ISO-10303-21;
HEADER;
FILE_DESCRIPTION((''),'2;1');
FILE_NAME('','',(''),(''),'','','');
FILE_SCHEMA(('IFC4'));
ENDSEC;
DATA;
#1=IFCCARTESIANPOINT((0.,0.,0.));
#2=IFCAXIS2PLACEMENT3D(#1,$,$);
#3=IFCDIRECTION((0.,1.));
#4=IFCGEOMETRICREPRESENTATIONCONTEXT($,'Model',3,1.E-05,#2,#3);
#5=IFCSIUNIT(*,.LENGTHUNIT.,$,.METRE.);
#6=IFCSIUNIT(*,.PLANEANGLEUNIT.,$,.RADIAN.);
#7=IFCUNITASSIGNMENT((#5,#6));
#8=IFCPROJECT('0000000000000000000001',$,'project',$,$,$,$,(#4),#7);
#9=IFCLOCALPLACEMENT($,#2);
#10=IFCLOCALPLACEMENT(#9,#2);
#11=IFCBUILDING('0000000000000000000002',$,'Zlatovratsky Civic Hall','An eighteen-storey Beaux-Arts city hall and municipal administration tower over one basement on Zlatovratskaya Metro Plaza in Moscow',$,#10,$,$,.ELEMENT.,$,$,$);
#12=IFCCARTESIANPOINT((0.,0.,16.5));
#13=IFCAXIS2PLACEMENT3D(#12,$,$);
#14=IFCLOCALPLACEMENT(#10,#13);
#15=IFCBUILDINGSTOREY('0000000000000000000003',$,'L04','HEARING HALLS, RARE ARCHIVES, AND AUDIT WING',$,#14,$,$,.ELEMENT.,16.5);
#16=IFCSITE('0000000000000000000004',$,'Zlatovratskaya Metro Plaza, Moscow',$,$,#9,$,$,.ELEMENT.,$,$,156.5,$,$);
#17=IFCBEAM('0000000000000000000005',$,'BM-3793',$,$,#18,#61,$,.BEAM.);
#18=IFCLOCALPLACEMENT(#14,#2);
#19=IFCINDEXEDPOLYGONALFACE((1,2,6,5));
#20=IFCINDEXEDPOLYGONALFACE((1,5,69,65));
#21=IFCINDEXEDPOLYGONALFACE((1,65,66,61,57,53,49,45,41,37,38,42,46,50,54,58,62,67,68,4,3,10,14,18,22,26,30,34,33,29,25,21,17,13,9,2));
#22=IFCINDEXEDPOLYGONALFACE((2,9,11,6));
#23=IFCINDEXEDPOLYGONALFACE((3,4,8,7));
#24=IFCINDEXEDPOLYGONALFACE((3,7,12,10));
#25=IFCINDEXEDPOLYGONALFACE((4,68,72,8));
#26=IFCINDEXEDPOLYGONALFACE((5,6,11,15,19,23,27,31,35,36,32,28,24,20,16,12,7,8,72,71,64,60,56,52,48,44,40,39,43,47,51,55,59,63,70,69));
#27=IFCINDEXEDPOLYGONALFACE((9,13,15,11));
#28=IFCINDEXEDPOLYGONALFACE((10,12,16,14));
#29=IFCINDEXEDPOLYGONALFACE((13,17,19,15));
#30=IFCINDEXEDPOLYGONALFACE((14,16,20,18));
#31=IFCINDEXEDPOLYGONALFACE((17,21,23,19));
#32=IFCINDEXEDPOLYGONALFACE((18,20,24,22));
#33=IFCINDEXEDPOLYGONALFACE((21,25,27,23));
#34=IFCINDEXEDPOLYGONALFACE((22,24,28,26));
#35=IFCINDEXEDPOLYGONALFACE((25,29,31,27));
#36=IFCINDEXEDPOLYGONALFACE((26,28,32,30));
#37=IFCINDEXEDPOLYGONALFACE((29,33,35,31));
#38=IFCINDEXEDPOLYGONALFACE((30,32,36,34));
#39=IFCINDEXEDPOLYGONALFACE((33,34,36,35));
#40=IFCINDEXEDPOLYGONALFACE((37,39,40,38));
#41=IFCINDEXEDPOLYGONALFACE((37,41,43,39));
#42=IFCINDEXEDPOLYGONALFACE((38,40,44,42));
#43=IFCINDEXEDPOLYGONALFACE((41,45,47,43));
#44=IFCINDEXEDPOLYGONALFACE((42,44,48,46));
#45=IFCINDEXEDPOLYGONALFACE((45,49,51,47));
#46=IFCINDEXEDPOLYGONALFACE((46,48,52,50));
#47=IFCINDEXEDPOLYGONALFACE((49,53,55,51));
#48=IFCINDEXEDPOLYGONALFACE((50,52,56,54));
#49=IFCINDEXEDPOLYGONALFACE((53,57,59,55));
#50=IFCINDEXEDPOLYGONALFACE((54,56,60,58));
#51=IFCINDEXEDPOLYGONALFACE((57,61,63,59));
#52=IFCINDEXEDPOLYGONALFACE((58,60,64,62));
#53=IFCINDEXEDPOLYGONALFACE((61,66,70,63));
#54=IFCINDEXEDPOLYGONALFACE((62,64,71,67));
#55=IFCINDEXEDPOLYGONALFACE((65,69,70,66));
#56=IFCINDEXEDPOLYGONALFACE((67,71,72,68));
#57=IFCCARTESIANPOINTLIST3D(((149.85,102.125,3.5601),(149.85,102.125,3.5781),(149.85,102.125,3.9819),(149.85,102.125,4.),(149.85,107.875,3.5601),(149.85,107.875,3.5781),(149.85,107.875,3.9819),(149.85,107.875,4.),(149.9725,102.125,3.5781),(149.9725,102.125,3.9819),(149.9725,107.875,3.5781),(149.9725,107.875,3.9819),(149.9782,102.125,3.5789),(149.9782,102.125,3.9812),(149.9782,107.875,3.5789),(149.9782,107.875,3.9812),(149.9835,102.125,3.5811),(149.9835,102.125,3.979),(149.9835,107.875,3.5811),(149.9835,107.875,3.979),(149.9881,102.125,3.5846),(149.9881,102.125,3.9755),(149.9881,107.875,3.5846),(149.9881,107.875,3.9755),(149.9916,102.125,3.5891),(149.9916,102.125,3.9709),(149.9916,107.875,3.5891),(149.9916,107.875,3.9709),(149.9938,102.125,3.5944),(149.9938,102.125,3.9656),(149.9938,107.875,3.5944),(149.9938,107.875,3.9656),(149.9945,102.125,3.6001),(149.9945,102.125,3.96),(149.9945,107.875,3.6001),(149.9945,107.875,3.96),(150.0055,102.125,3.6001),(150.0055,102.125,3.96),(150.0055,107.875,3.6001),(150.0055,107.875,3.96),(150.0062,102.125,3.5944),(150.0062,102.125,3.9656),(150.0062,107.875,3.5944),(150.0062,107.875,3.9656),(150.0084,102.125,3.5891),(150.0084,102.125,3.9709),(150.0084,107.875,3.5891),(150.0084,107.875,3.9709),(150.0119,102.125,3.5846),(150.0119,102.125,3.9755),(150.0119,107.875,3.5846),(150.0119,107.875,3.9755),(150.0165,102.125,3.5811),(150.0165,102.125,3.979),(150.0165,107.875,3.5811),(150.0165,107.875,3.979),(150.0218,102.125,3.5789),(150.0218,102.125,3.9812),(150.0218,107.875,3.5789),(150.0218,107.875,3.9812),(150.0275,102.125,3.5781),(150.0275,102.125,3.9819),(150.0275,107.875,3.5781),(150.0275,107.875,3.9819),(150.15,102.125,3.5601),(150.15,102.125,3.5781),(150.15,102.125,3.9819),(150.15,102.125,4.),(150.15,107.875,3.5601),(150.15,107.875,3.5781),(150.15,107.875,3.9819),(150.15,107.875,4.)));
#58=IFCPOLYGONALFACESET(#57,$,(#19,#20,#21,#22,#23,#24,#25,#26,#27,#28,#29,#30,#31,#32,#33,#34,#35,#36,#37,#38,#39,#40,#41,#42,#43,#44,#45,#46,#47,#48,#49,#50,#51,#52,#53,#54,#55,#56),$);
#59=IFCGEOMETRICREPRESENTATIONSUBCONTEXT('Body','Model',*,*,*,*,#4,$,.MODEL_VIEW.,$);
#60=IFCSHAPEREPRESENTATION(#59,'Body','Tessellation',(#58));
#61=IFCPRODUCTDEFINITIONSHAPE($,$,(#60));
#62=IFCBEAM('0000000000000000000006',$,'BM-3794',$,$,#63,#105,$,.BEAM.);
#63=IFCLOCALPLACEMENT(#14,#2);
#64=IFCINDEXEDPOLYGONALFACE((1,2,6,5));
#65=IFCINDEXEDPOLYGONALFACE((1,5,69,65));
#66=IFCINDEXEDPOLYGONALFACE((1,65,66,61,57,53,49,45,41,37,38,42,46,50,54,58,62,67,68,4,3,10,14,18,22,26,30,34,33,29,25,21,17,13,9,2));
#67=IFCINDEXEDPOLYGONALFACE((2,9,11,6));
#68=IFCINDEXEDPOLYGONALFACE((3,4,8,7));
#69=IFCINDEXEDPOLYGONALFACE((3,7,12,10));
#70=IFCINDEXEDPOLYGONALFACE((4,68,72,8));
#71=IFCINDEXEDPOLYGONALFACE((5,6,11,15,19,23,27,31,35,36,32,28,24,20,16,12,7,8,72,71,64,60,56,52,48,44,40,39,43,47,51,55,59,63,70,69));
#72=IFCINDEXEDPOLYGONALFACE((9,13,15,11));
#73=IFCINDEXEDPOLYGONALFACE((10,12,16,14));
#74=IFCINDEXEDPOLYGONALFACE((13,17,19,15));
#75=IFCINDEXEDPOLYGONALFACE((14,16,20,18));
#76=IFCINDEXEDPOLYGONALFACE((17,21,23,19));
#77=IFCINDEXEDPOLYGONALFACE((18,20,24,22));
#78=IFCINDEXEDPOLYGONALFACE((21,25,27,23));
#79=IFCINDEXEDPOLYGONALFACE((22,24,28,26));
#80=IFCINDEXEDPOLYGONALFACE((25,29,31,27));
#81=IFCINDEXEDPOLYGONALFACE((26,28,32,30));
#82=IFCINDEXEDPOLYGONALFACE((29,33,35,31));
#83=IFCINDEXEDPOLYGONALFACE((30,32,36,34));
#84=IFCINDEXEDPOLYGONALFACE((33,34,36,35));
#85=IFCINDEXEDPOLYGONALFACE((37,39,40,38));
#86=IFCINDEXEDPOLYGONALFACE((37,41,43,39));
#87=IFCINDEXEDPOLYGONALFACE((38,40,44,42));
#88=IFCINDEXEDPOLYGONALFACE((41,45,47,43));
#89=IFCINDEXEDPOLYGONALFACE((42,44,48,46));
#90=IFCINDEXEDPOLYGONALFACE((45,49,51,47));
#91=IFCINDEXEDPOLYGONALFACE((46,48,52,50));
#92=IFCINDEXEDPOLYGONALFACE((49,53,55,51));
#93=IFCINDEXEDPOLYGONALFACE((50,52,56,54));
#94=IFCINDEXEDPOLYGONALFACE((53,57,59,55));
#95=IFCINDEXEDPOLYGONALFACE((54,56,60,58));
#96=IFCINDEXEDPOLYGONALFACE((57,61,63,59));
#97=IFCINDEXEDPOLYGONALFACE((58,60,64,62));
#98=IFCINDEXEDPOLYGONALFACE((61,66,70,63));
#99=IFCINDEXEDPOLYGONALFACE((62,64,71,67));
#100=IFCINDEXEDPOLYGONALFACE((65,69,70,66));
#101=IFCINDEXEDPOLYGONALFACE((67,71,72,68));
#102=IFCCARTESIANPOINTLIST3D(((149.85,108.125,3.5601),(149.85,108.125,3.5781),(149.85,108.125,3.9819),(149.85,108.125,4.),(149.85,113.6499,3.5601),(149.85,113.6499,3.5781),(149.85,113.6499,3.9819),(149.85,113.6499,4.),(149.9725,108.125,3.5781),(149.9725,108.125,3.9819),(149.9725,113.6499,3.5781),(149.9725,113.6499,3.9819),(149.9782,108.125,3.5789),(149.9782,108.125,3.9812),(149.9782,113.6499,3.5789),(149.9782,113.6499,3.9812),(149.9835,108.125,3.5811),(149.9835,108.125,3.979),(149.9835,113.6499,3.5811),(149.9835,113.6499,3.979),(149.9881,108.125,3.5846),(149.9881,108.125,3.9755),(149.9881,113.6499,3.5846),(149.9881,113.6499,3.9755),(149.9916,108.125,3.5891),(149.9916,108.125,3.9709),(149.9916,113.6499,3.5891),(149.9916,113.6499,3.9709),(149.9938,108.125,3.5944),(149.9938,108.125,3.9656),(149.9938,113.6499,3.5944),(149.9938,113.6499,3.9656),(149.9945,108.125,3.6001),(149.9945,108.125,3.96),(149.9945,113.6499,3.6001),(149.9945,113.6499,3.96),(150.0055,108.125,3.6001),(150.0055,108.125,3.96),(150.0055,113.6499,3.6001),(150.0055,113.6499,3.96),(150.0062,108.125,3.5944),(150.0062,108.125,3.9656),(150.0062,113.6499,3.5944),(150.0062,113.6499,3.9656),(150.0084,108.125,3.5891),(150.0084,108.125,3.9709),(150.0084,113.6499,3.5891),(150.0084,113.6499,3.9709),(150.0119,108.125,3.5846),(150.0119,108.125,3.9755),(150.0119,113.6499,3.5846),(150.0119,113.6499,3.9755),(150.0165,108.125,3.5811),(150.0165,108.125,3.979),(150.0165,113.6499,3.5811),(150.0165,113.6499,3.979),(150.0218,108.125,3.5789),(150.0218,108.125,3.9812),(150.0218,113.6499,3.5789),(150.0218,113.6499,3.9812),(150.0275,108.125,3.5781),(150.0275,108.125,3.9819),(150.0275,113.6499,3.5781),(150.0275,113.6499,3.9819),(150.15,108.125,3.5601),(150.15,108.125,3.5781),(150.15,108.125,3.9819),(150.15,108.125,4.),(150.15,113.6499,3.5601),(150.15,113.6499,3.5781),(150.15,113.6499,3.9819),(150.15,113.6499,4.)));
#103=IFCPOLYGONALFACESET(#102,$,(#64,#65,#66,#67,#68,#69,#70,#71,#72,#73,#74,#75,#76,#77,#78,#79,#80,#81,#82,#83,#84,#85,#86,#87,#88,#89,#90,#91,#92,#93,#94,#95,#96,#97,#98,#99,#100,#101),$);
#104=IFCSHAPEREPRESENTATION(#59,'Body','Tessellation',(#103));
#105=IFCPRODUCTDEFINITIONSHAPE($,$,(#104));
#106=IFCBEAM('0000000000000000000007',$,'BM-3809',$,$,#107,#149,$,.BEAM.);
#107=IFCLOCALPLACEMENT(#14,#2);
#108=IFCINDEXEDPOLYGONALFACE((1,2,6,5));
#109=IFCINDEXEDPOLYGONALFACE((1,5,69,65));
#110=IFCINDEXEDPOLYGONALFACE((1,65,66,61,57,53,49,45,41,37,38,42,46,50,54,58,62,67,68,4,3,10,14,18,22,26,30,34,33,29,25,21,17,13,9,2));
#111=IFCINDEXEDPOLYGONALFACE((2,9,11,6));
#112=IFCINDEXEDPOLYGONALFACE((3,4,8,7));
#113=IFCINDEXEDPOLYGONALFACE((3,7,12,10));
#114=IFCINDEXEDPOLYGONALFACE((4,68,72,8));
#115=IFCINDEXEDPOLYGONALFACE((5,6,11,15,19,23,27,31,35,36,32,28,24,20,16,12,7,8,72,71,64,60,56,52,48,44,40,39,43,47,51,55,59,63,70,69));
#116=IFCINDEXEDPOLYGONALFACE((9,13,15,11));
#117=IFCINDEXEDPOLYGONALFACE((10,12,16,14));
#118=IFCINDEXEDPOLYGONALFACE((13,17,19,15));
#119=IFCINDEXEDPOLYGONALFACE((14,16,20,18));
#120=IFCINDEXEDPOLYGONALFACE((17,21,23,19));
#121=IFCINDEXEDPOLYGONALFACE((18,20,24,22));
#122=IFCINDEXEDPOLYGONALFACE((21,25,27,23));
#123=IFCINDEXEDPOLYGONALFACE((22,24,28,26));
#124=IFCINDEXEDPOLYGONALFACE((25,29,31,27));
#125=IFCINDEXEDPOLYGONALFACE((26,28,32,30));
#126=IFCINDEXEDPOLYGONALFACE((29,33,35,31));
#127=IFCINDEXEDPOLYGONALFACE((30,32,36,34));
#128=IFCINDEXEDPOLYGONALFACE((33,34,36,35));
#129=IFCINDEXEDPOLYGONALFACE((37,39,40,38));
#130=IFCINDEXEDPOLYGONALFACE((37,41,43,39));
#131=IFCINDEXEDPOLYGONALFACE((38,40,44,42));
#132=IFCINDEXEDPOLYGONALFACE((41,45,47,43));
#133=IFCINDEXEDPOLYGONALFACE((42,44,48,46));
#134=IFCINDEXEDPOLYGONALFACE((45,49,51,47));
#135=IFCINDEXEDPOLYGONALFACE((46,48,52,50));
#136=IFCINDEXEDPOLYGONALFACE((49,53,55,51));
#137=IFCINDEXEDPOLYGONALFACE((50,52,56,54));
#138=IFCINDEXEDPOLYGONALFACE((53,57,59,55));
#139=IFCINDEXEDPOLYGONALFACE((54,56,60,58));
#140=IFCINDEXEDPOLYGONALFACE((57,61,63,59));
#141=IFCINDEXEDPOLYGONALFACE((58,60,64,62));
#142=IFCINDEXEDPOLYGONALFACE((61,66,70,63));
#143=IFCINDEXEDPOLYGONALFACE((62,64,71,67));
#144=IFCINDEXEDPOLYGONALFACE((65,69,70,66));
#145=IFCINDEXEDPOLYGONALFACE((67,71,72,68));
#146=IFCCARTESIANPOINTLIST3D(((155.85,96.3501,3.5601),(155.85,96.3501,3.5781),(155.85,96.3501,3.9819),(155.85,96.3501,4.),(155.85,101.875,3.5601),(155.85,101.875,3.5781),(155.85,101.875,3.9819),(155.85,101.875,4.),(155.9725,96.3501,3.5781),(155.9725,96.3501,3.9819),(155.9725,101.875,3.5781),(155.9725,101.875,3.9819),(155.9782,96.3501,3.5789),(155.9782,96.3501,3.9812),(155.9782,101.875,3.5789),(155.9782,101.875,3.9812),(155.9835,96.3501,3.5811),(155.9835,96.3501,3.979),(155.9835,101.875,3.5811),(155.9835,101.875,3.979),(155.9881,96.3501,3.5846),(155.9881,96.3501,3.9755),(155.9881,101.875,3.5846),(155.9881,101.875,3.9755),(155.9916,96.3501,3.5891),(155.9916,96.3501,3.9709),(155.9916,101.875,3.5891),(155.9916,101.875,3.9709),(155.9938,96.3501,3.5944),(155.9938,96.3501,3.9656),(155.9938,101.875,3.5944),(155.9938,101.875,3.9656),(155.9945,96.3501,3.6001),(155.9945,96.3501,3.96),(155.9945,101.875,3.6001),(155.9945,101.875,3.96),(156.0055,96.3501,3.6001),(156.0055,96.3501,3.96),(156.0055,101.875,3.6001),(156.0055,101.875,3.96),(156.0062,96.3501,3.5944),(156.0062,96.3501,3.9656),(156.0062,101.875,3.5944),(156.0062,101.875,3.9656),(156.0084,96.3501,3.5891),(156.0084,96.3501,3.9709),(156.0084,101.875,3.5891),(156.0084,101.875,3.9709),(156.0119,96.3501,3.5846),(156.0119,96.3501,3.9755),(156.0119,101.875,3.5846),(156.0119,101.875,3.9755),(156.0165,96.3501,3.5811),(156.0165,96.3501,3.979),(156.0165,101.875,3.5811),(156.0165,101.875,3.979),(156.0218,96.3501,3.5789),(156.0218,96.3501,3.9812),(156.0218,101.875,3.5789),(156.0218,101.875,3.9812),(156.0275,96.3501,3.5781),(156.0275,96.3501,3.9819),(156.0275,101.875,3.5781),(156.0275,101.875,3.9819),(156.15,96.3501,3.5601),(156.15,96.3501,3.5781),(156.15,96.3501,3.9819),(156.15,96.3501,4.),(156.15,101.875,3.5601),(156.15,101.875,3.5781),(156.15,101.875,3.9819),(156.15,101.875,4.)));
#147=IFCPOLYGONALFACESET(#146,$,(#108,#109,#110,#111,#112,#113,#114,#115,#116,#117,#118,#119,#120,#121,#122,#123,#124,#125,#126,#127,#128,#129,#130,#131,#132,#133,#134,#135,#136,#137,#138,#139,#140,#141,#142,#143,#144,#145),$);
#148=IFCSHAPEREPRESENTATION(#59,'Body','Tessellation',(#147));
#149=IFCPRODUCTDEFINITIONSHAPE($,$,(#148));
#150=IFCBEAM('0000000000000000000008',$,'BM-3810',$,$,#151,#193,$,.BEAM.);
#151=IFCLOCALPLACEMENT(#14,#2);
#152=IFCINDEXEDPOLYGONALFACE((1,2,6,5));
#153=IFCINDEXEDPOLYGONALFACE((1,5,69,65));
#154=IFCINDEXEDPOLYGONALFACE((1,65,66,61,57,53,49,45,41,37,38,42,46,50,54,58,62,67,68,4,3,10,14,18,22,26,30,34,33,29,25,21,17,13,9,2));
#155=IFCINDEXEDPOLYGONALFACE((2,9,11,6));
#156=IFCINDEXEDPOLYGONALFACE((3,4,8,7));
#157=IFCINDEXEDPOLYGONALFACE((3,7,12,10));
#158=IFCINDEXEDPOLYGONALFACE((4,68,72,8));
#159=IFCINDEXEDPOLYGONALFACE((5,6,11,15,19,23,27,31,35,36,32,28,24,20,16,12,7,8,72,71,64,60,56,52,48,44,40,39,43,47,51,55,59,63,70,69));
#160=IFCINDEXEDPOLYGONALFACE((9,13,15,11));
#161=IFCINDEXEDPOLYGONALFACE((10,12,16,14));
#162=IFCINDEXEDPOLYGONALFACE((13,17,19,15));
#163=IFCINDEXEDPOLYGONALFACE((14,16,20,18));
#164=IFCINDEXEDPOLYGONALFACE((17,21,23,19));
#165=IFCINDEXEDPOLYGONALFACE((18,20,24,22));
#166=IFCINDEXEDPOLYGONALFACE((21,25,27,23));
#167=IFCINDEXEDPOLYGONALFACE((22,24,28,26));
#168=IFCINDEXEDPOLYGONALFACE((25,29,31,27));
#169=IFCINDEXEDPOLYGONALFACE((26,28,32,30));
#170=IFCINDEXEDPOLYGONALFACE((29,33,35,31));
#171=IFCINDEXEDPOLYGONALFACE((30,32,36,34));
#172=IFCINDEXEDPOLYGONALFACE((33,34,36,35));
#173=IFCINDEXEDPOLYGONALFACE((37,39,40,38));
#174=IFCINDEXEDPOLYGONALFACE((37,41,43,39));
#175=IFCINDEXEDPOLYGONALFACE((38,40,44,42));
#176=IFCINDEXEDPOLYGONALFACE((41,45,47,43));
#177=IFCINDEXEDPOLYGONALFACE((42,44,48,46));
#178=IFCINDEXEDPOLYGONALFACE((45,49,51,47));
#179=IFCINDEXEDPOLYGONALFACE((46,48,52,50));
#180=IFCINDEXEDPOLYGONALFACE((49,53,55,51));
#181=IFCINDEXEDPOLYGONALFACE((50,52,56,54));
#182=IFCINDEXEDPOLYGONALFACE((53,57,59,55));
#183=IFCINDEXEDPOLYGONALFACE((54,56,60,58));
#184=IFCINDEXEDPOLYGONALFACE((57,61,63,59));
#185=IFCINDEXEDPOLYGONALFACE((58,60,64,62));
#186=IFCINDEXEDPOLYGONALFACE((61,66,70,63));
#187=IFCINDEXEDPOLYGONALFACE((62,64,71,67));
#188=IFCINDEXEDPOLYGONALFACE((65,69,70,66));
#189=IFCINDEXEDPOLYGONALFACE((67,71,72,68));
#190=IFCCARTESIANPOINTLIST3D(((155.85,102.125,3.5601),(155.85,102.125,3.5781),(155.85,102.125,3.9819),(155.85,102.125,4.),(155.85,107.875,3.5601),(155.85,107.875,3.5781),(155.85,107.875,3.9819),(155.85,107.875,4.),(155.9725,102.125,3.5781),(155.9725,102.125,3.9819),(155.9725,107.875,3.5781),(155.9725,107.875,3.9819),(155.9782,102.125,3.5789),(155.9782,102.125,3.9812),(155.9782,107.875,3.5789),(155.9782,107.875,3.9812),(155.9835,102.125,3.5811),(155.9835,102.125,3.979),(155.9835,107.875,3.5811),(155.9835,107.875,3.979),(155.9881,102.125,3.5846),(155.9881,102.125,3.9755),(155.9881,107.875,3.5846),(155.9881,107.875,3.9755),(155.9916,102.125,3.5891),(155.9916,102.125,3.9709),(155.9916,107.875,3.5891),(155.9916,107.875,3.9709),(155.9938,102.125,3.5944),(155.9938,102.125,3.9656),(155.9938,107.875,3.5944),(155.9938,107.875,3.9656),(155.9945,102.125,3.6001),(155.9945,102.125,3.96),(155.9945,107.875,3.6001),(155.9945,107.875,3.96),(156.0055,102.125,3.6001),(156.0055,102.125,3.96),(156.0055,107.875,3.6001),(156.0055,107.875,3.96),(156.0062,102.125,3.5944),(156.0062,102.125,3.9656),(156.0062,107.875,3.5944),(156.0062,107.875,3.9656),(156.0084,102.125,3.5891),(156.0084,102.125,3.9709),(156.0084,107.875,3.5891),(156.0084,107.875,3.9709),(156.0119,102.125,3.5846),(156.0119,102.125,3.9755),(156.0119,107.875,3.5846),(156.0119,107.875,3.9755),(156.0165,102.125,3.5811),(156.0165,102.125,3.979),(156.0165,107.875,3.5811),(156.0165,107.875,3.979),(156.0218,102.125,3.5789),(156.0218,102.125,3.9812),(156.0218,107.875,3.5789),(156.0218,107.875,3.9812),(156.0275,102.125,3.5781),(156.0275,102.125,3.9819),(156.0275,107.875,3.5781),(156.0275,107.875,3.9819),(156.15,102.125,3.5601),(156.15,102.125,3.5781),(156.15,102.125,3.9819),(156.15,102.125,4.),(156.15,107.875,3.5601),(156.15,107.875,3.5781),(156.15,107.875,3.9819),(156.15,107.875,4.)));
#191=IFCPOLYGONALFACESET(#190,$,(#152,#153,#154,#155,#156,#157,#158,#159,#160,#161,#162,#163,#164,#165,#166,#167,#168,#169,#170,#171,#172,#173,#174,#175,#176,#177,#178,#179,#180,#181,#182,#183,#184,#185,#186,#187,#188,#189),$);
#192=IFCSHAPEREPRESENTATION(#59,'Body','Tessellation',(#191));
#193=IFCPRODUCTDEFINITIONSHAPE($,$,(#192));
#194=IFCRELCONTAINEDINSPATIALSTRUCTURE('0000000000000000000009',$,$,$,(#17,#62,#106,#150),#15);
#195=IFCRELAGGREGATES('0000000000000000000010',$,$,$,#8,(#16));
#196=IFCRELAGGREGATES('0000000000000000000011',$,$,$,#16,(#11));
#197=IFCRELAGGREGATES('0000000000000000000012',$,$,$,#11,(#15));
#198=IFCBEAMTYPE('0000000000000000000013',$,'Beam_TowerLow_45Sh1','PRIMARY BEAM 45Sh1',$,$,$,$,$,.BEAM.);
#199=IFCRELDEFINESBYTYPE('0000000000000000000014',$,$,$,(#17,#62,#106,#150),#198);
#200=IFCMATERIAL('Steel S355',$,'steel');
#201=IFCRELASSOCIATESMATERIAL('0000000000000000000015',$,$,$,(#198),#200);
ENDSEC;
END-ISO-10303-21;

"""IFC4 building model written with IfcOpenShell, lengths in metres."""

from ifc_helpers import new_model, si_unit, direction, frame, origin, origin_2d, place, context, subcontext, project, spatial, i_section, extrude, material, material_profile, profile_set, type_object, element, save


model = new_model("IFC4")

# Units and contexts
model_context = context("Model", 3, precision=1e-05, world=origin(), true_north=direction((0.0, 1.0)))
body_context = subcontext(model_context, "Body", "Model", "MODEL_VIEW")
ifc_project = project(units=[si_unit("LENGTHUNIT", "METRE"), si_unit("PLANEANGLEUNIT", "RADIAN")], contexts=[model_context])

# Site, building, storey
site_placement = place(None, origin())
site = spatial("IfcSite", under=ifc_project, at=site_placement, Name="Zlatovratskaya Metro Plaza, Moscow", CompositionType="ELEMENT", RefElevation=156.5)
building_placement = place(site_placement, origin())
building = spatial("IfcBuilding", under=site, at=building_placement, Name="Zlatovratsky Civic Hall", Description="An eighteen-storey Beaux-Arts city hall and municipal administration tower over one basement on Zlatovratskaya Metro Plaza in Moscow", CompositionType="ELEMENT")
storey_placement = place(building_placement, frame((0.0, 0.0, 16.5)))
storey = spatial("IfcBuildingStorey", under=building, at=storey_placement, Name="L04", Description="HEARING HALLS, RARE ARCHIVES, AND AUDIT WING", CompositionType="ELEMENT", Elevation=16.5)

# Shared definitions
ifc_material_1 = material(Name="Steel S355", Category="steel")

# Beams
ifc_material_profile_1 = material_profile(ifc_material_1, i_section(OverallWidth=0.3, OverallDepth=0.4399, WebThickness=0.011, FlangeThickness=0.0181, FilletRadius=0.022, at=origin_2d()), Name="45Sh1")
ifc_profile_set_1 = profile_set([ifc_material_profile_1], Name="Steel S355")
beam_type_1 = type_object("IfcBeamType", Name="Beam_TowerLow_45Sh1", Description="PRIMARY BEAM 45Sh1", PredefinedType="BEAM", material=ifc_profile_set_1)
for number, where, z_axis, x_axis, name in (
    (1, (150.0, 102.125, 3.78), (0.0, 1.0, 0.0), (-1.0, 0.0, 0.0), "BM-3793"),
):
    element("IfcBeam", number, at=place(storey_placement, frame(where, z_axis=z_axis, x_axis=x_axis)), inside=storey, type_object=beam_type_1, Name=name, PredefinedType="BEAM", context=body_context, shape_type="SweptSolid", body=[
        extrude(i_section(OverallWidth=0.3, OverallDepth=0.4399, WebThickness=0.011, FlangeThickness=0.0181, FilletRadius=0.022, at=origin_2d()), origin(), (0.0, 0.0, 1.0), 5.75),
    ])
for number, where, z_axis, x_axis, name in (
    (2, (150.0, 108.125, 3.78), (0.0, 1.0, 0.0), (-1.0, 0.0, 0.0), "BM-3794"),
    (3, (156.0, 96.3501, 3.78), (0.0, 1.0, 0.0), (-1.0, 0.0, 0.0), "BM-3809"),
):
    element("IfcBeam", number, at=place(storey_placement, frame(where, z_axis=z_axis, x_axis=x_axis)), inside=storey, type_object=beam_type_1, Name=name, PredefinedType="BEAM", context=body_context, shape_type="SweptSolid", body=[
        extrude(i_section(OverallWidth=0.3, OverallDepth=0.4399, WebThickness=0.011, FlangeThickness=0.0181, FilletRadius=0.022, at=origin_2d()), origin(), (0.0, 0.0, 1.0), 5.5249),
    ])
beam_1_placement = place(storey_placement, frame((156.0, 102.125, 3.78), z_axis=(0.0, 1.0, 0.0), x_axis=(-1.0, 0.0, 0.0)))
element("IfcBeam", 4, at=beam_1_placement, inside=storey, type_object=beam_type_1, Name="BM-3810", PredefinedType="BEAM", context=body_context, shape_type="SweptSolid", body=[
    extrude(i_section(OverallWidth=0.3, OverallDepth=0.4399, WebThickness=0.011, FlangeThickness=0.0181, FilletRadius=0.022, at=origin_2d()), origin(), (0.0, 0.0, 1.0), 5.75),
])

save(model, "model.ifc")
